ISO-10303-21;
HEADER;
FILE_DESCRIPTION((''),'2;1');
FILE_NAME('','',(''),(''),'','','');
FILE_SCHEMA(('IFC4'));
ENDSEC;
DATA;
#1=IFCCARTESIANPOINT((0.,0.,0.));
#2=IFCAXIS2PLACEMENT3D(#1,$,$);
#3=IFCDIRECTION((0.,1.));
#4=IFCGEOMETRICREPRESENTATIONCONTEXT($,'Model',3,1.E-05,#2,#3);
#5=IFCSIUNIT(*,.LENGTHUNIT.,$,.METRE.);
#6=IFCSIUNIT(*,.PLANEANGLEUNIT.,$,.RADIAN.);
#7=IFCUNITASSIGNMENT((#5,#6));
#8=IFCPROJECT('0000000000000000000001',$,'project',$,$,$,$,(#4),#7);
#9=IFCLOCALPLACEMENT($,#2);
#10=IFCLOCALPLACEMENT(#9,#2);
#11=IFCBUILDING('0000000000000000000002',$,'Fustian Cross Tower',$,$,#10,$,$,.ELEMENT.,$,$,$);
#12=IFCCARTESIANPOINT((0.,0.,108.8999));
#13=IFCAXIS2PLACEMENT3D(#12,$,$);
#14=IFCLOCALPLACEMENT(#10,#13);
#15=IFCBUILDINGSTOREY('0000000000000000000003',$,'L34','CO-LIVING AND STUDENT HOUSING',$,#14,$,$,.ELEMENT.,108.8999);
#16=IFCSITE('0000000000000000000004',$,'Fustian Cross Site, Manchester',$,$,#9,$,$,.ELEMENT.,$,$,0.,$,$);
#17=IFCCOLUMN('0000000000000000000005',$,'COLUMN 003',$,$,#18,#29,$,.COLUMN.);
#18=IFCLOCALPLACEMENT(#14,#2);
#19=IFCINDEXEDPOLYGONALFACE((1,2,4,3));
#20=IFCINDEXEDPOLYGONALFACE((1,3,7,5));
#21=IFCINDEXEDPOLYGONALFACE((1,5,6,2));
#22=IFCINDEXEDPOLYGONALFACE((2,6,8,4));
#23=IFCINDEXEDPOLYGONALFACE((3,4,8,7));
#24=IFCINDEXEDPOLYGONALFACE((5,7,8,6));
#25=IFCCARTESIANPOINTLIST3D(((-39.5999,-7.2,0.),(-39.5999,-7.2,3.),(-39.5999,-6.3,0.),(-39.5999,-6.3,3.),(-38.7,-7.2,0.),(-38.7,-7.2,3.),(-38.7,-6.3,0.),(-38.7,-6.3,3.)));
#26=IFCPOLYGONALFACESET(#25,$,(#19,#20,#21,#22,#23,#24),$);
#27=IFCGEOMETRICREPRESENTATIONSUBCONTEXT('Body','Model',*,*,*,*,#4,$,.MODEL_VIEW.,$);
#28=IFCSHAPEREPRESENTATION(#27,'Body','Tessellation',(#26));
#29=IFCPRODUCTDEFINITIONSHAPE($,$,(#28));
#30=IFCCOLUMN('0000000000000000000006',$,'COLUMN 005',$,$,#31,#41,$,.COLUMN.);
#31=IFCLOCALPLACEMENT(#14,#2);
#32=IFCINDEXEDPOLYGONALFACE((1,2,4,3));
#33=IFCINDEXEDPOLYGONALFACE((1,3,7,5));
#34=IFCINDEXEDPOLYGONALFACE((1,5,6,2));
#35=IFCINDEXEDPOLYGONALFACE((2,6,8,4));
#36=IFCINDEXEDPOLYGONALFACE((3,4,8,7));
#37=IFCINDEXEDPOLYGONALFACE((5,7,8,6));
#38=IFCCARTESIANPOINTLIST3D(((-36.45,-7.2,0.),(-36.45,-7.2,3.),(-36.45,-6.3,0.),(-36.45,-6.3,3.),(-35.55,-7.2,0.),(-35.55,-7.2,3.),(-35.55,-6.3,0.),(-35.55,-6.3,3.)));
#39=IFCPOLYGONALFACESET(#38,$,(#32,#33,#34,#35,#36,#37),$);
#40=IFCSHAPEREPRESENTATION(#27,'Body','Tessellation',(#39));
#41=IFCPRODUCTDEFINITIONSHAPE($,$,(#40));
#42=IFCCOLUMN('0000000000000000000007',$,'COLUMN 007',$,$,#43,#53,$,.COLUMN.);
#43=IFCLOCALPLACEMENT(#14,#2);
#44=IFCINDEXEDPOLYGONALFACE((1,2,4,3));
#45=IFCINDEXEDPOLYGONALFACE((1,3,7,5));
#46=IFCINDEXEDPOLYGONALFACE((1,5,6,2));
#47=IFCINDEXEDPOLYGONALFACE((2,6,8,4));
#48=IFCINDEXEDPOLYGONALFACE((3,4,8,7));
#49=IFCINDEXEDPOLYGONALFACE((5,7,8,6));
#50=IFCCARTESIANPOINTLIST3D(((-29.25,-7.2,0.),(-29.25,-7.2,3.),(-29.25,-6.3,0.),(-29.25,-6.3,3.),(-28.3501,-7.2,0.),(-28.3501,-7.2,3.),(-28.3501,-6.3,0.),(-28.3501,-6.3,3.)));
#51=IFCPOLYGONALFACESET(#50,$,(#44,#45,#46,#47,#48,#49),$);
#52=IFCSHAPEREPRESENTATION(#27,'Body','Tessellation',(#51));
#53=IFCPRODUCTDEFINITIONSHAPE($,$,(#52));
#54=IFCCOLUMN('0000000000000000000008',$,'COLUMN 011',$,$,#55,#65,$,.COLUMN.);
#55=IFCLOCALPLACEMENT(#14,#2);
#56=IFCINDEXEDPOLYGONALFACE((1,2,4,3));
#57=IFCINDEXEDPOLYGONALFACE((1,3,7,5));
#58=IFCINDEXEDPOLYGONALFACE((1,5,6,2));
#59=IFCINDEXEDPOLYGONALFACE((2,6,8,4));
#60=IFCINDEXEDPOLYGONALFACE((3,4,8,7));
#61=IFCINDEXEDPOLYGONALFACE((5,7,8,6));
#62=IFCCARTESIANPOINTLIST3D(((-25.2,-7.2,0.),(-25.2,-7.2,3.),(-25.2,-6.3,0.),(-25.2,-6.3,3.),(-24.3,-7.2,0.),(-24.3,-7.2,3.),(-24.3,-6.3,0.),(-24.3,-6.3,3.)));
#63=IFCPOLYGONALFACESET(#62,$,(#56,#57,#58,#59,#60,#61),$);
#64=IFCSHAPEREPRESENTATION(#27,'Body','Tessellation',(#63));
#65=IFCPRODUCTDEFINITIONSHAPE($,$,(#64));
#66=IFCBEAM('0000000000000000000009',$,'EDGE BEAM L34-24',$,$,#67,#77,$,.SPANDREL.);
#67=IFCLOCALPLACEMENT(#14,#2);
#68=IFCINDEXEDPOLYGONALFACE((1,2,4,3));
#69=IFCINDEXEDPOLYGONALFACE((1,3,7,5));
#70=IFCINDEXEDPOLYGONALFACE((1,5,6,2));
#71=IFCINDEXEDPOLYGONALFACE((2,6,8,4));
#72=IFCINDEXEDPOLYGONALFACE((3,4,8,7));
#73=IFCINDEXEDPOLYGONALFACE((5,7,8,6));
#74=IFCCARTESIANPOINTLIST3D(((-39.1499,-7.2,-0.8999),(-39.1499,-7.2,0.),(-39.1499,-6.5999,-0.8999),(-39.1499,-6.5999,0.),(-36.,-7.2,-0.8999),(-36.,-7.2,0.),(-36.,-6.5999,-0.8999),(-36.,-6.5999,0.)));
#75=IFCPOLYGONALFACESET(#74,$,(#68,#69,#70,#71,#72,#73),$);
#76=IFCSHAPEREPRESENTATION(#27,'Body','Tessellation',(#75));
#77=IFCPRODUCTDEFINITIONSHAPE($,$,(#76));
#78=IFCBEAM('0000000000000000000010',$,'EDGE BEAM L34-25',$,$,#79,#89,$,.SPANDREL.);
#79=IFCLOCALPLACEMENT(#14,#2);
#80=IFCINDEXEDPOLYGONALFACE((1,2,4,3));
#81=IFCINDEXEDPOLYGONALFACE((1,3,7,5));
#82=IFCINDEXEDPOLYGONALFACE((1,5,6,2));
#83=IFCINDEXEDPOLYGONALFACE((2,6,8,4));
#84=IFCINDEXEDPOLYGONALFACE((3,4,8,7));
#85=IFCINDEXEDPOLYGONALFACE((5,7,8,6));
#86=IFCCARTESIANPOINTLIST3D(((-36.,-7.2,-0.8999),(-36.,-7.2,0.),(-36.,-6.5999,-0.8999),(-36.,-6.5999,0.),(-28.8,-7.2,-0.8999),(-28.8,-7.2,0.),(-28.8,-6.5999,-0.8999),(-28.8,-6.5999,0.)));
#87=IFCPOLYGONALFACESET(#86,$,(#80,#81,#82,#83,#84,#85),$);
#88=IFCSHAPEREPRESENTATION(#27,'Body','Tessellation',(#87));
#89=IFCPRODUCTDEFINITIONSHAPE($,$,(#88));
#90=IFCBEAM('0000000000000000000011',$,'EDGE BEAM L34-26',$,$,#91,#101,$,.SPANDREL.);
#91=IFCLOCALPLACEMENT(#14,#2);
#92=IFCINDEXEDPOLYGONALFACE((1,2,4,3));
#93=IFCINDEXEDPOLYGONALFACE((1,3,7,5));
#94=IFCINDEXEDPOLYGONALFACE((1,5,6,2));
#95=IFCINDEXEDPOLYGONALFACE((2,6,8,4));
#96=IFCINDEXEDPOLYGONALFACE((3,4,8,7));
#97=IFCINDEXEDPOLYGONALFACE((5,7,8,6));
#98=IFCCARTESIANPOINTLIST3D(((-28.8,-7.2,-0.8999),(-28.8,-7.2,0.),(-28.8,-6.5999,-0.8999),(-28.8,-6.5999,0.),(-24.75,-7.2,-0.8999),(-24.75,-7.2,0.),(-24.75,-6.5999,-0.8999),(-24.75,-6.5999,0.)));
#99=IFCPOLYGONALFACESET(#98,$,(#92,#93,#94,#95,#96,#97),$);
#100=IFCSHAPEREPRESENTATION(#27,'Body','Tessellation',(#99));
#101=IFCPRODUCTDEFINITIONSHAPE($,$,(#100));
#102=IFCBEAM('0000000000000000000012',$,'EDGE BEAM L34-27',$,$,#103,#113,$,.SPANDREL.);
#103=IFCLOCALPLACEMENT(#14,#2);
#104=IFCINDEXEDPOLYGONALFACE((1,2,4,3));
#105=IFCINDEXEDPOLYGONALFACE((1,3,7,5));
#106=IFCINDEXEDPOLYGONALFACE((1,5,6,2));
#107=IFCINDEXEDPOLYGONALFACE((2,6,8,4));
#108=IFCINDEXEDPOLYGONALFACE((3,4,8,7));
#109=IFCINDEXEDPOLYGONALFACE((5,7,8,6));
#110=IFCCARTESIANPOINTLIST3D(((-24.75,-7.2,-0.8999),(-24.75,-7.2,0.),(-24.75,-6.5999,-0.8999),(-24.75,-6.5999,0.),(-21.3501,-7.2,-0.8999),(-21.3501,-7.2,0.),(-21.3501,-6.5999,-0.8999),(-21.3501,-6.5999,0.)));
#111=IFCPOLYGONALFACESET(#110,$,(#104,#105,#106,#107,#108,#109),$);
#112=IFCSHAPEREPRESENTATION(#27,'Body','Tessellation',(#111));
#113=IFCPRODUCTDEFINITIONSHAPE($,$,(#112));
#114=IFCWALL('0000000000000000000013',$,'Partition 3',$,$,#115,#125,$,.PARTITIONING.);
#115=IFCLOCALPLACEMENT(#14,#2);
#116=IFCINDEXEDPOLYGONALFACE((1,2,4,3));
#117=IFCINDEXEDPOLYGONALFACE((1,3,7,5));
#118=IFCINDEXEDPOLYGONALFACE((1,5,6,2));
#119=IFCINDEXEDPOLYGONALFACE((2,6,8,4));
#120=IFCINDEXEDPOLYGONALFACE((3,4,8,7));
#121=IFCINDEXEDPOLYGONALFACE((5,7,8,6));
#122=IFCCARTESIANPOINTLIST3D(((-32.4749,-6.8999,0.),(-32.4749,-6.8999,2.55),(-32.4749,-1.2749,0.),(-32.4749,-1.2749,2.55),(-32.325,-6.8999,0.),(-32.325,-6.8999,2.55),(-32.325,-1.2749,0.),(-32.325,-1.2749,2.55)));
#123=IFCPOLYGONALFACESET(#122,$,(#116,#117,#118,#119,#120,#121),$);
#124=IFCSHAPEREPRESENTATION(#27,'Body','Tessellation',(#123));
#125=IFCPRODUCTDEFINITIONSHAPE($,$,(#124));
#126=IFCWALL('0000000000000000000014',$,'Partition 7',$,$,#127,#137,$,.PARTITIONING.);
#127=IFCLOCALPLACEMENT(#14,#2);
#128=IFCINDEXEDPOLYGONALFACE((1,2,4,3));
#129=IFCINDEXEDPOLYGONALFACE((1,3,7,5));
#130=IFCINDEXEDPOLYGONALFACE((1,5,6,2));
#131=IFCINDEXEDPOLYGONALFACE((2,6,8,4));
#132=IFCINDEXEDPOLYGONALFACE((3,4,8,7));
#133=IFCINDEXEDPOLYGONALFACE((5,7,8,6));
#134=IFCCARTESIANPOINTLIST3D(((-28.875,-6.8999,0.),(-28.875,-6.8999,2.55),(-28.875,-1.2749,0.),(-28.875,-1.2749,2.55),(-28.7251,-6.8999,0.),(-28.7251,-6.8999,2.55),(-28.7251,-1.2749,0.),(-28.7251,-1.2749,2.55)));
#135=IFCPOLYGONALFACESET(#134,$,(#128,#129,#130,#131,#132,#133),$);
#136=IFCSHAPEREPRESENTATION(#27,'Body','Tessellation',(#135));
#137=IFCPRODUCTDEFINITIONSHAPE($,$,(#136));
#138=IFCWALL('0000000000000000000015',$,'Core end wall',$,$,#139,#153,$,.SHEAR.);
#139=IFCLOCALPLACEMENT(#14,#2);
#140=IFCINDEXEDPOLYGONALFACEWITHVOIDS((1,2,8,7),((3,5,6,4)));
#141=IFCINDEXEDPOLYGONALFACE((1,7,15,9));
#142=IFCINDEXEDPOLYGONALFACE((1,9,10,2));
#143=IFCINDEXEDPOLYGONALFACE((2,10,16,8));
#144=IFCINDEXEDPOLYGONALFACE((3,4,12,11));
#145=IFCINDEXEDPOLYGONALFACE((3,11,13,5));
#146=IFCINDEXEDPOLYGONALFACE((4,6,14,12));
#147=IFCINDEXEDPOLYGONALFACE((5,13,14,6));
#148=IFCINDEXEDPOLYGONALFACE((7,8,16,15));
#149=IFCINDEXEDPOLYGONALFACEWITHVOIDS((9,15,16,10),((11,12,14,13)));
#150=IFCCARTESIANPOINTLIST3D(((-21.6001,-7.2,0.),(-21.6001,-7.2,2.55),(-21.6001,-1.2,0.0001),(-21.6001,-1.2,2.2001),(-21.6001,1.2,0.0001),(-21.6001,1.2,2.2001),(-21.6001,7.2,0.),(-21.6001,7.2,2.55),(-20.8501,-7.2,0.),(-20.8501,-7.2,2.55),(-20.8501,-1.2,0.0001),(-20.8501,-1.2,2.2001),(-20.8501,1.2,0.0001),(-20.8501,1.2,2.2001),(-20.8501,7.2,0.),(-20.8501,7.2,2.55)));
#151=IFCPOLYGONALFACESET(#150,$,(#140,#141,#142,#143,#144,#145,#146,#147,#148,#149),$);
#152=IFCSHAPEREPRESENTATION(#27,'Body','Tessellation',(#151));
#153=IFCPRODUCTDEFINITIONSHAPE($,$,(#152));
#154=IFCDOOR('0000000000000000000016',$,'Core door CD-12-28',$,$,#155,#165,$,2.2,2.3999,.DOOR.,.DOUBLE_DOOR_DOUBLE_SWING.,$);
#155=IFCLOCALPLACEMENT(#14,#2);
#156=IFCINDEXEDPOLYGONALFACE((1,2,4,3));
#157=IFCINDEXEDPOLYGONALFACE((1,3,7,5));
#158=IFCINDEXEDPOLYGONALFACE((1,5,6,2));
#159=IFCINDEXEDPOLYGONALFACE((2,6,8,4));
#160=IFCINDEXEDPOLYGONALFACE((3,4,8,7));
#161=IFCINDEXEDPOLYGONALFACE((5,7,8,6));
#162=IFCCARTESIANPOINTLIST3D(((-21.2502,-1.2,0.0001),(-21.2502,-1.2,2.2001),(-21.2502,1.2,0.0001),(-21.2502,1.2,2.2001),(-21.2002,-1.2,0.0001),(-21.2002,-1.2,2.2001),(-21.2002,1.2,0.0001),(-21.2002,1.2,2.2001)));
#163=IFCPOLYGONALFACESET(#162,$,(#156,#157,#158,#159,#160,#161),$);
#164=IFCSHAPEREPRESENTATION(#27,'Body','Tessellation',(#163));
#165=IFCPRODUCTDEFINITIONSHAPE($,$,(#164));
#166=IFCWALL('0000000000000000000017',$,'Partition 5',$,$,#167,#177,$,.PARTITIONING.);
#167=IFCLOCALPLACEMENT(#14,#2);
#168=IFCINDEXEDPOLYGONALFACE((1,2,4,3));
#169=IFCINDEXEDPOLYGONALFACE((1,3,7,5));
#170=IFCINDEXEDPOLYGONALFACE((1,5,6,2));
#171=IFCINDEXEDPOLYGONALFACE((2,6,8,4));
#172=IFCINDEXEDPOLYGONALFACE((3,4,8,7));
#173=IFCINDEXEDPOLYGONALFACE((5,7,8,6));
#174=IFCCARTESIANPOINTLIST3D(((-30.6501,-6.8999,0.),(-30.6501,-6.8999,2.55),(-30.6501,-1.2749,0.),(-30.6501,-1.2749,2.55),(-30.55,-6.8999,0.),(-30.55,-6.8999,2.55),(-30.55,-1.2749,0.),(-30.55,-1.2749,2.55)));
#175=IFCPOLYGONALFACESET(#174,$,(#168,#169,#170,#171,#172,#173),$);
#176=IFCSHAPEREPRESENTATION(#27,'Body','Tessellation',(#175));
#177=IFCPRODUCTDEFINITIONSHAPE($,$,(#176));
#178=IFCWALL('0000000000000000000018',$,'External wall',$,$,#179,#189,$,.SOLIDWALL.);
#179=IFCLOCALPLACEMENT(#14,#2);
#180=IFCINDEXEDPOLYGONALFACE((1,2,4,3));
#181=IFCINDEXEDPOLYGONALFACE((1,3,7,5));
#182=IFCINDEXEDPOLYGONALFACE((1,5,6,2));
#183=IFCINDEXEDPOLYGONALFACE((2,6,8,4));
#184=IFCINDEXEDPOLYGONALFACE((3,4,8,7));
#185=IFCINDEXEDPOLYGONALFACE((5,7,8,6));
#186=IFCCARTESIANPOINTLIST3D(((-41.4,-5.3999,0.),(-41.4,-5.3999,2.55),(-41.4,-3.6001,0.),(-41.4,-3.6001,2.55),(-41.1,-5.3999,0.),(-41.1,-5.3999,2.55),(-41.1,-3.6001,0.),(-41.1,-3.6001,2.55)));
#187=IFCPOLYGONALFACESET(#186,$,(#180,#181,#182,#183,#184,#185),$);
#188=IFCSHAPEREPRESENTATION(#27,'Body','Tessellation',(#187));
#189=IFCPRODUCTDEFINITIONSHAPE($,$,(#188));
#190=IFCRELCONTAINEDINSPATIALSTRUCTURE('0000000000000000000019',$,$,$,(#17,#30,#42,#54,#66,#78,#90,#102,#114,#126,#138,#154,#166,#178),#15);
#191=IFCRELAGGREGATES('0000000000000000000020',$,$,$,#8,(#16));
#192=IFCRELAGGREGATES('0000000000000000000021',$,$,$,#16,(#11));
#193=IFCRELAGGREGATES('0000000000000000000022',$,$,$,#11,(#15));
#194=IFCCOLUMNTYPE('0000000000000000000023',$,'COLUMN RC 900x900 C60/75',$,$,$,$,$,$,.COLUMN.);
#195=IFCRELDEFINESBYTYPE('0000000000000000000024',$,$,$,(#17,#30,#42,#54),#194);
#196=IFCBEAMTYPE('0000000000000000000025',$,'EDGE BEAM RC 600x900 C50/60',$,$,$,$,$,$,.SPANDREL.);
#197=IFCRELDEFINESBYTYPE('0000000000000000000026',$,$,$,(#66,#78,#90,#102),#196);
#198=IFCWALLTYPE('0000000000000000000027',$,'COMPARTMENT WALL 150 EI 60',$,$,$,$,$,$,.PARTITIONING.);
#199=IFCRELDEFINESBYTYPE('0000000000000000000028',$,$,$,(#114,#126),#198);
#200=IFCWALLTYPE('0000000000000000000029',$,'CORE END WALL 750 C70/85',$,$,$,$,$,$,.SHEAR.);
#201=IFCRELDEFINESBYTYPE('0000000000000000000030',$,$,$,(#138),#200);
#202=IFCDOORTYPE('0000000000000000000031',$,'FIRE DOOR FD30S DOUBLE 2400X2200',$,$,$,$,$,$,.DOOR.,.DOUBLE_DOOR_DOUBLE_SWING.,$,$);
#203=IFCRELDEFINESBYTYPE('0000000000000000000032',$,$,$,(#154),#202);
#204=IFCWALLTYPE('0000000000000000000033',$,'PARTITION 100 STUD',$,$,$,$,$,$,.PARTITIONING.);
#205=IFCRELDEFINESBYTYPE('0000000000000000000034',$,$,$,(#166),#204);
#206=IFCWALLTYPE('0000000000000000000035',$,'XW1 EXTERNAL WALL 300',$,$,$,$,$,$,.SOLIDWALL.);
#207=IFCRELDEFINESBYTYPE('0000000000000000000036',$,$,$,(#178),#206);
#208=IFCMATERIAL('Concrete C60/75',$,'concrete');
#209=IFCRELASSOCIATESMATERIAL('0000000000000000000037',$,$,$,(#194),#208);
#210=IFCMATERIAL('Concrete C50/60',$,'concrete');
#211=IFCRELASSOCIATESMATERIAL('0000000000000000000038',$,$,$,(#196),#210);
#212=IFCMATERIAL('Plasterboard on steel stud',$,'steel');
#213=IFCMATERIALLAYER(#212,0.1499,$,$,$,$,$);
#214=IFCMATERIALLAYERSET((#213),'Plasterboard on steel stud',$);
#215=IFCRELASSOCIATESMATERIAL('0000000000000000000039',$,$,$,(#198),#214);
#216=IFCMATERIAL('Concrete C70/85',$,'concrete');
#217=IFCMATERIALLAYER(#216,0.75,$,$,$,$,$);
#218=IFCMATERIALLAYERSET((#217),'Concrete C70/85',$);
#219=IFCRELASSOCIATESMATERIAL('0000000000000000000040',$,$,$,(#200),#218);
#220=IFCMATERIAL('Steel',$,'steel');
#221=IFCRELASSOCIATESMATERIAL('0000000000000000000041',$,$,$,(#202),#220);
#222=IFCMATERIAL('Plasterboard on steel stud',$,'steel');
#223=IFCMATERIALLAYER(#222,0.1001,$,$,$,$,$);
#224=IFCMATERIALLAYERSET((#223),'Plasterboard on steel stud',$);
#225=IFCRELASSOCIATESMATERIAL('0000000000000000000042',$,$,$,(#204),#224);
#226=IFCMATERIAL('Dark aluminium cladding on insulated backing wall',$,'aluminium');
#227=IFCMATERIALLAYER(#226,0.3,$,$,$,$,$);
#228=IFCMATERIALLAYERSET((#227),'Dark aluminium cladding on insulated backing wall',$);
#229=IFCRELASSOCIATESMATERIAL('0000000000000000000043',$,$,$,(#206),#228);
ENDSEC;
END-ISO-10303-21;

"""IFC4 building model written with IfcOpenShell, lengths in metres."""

from ifc_helpers import new_model, si_unit, direction, frame, frame_2d, origin, origin_2d, place, context, subcontext, project, spatial, rectangle, extrude, material, layer, layer_set, material_profile, profile_set, type_object, element, fill, save


model = new_model("IFC4")

# Units and contexts
model_context = context("Model", 3, precision=1e-05, world=origin(), true_north=direction((0.0, 1.0)))
body_context = subcontext(model_context, "Body", "Model", "MODEL_VIEW")
ifc_project = project(units=[si_unit("LENGTHUNIT", "METRE"), si_unit("PLANEANGLEUNIT", "RADIAN")], contexts=[model_context])

# Site, building, storey
site_placement = place(None, origin())
site = spatial("IfcSite", under=ifc_project, at=site_placement, Name="Fustian Cross Site, Manchester", CompositionType="ELEMENT", RefElevation=0.0)
building_placement = place(site_placement, origin())
building = spatial("IfcBuilding", under=site, at=building_placement, Name="Fustian Cross Tower", CompositionType="ELEMENT")
storey_placement = place(building_placement, frame((0.0, 0.0, 108.8999)))
storey = spatial("IfcBuildingStorey", under=building, at=storey_placement, Name="L34", Description="CO-LIVING AND STUDENT HOUSING", CompositionType="ELEMENT", Elevation=108.8999)

# Columns
ifc_material_1 = material(Name="Concrete C60/75", Category="concrete")
ifc_material_profile_1 = material_profile(ifc_material_1, rectangle(XDim=0.8999, YDim=0.8999, at=origin_2d()), Name="RC 900x900")
ifc_profile_set_1 = profile_set([ifc_material_profile_1], Name="Concrete C60/75")
column_type = type_object("IfcColumnType", Name="COLUMN RC 900x900 C60/75", PredefinedType="COLUMN", material=ifc_profile_set_1)
for number, where, z_axis, x_axis, name in (
    (1, (-39.1499, -6.75, 0.0), (0.0, 0.0, 1.0), (1.0, 0.0, 0.0), "COLUMN 003"),
    (2, (-36.0, -6.75, 0.0), (0.0, 0.0, 1.0), (1.0, 0.0, 0.0), "COLUMN 005"),
    (3, (-28.8, -6.75, 0.0), (0.0, 0.0, 1.0), (1.0, 0.0, 0.0), "COLUMN 007"),
    (4, (-24.75, -6.75, 0.0), (0.0, 0.0, 1.0), (1.0, 0.0, 0.0), "COLUMN 011"),
):
    element("IfcColumn", number, at=place(storey_placement, frame(where, z_axis=z_axis, x_axis=x_axis)), inside=storey, type_object=column_type, Name=name, PredefinedType="COLUMN", context=body_context, shape_type="SweptSolid", body=[
        extrude(rectangle(XDim=0.8999, YDim=0.8999, at=origin_2d()), origin(), (0.0, 0.0, 1.0), 3.0),
    ])

# Beams
ifc_material_2 = material(Name="Concrete C50/60", Category="concrete")
ifc_material_profile_2 = material_profile(ifc_material_2, rectangle(XDim=0.6001, YDim=0.8999, at=origin_2d()), Name="RC 600x900")
ifc_profile_set_2 = profile_set([ifc_material_profile_2], Name="Concrete C50/60")
beam_type = type_object("IfcBeamType", Name="EDGE BEAM RC 600x900 C50/60", PredefinedType="SPANDREL", material=ifc_profile_set_2)
beam_1_placement = place(storey_placement, frame((-39.1499, -6.8999, -0.45), z_axis=(1.0, 0.0, 0.0), x_axis=(0.0, 1.0, 0.0)))
element("IfcBeam", 5, at=beam_1_placement, inside=storey, type_object=beam_type, Name="EDGE BEAM L34-24", PredefinedType="SPANDREL", context=body_context, shape_type="SweptSolid", body=[
    extrude(rectangle(XDim=0.6001, YDim=0.8999, at=origin_2d()), origin(), (0.0, 0.0, 1.0), 3.1499),
])
beam_2_placement = place(storey_placement, frame((-36.0, -6.8999, -0.45), z_axis=(1.0, 0.0, 0.0), x_axis=(0.0, 1.0, 0.0)))
element("IfcBeam", 6, at=beam_2_placement, inside=storey, type_object=beam_type, Name="EDGE BEAM L34-25", PredefinedType="SPANDREL", context=body_context, shape_type="SweptSolid", body=[
    extrude(rectangle(XDim=0.6001, YDim=0.8999, at=origin_2d()), origin(), (0.0, 0.0, 1.0), 7.2),
])
beam_3_placement = place(storey_placement, frame((-28.8, -6.8999, -0.45), z_axis=(1.0, 0.0, 0.0), x_axis=(0.0, 1.0, 0.0)))
element("IfcBeam", 7, at=beam_3_placement, inside=storey, type_object=beam_type, Name="EDGE BEAM L34-26", PredefinedType="SPANDREL", context=body_context, shape_type="SweptSolid", body=[
    extrude(rectangle(XDim=0.6001, YDim=0.8999, at=origin_2d()), origin(), (0.0, 0.0, 1.0), 4.05),
])
beam_4_placement = place(storey_placement, frame((-24.75, -6.8999, -0.45), z_axis=(1.0, 0.0, 0.0), x_axis=(0.0, 1.0, 0.0)))
element("IfcBeam", 8, at=beam_4_placement, inside=storey, type_object=beam_type, Name="EDGE BEAM L34-27", PredefinedType="SPANDREL", context=body_context, shape_type="SweptSolid", body=[
    extrude(rectangle(XDim=0.6001, YDim=0.8999, at=origin_2d()), origin(), (0.0, 0.0, 1.0), 3.3999),
])

# Walls
ifc_material_3 = material(Name="Plasterboard on steel stud", Category="steel")
ifc_layer_1 = layer(ifc_material_3, 0.1499)
ifc_layer_set_1 = layer_set([ifc_layer_1], Name="Plasterboard on steel stud")
wall_type_1 = type_object("IfcWallType", Name="COMPARTMENT WALL 150 EI 60", PredefinedType="PARTITIONING", material=ifc_layer_set_1)
for number, where, z_axis, x_axis, name in (
    (9, (-32.3999, -6.8999, 0.0), (0.0, 0.0, 1.0), (0.0, 1.0, 0.0), "Partition 3"),
    (10, (-28.8, -6.8999, 0.0), (0.0, 0.0, 1.0), (0.0, 1.0, 0.0), "Partition 7"),
):
    element("IfcWall", number, at=place(storey_placement, frame(where, z_axis=z_axis, x_axis=x_axis)), inside=storey, type_object=wall_type_1, Name=name, PredefinedType="PARTITIONING", context=body_context, shape_type="SweptSolid", body=[
        extrude(rectangle(XDim=5.625, YDim=0.1499, at=frame_2d((2.8125, 0.0))), origin(), (0.0, 0.0, 1.0), 2.55),
    ])

# Wall, opening, door
ifc_material_4 = material(Name="Concrete C70/85", Category="concrete")
ifc_layer_2 = layer(ifc_material_4, 0.75)
ifc_layer_set_2 = layer_set([ifc_layer_2], Name="Concrete C70/85")
wall_type_2 = type_object("IfcWallType", Name="CORE END WALL 750 C70/85", PredefinedType="SHEAR", material=ifc_layer_set_2)
wall_1_placement = place(storey_placement, frame((-21.2251, -7.2, 0.0), z_axis=(0.0, 0.0, 1.0), x_axis=(0.0, 1.0, 0.0)))
wall_1 = element("IfcWall", 11, at=wall_1_placement, inside=storey, type_object=wall_type_2, Name="Core end wall", PredefinedType="SHEAR", context=body_context, shape_type="SweptSolid", body=[
    extrude(rectangle(XDim=14.3999, YDim=0.75, at=frame_2d((7.2, 0.0))), origin(), (0.0, 0.0, 1.0), 2.55),
])
opening_placement = place(wall_1_placement, frame((6.0, 0.0, 0.0)))
opening = element("IfcOpeningElement", 12, at=opening_placement, cuts=wall_1, PredefinedType="OPENING", context=body_context, shape_type="SweptSolid", body=[
    extrude(rectangle(XDim=2.3999, YDim=2.2, at=frame_2d((1.2, 1.1001))), frame((0.0, 0.385, 0.0), z_axis=(0.0, -1.0, 0.0), x_axis=(1.0, 0.0, 0.0)), (0.0, 0.0, 1.0), 0.77),
])
ifc_material_5 = material(Name="Steel", Category="steel")
door_type = type_object("IfcDoorType", Name="FIRE DOOR FD30S DOUBLE 2400X2200", OperationType="DOUBLE_DOOR_DOUBLE_SWING", PredefinedType="DOOR", material=ifc_material_5)
door_placement = place(opening_placement, frame((2.3999, 0.0, 0.0), z_axis=(0.0, 0.0, 1.0), x_axis=(-1.0, 0.0, 0.0)))
door = element("IfcDoor", 13, at=door_placement, inside=storey, type_object=door_type, Name="Core door CD-12-28", OperationType="DOUBLE_DOOR_DOUBLE_SWING", OverallHeight=2.2, OverallWidth=2.3999, PredefinedType="DOOR", context=body_context, shape_type="SweptSolid", body=[
    extrude(rectangle(XDim=2.3999, YDim=2.2, at=frame_2d((1.2, 1.1001))), frame((0.0, 0.0249, 0.0), z_axis=(0.0, -1.0, 0.0), x_axis=(1.0, 0.0, 0.0)), (0.0, 0.0, 1.0), 0.05),
])
fill(opening, door)

# Walls
ifc_material_6 = material(Name="Plasterboard on steel stud", Category="steel")
ifc_layer_3 = layer(ifc_material_6, 0.1001)
ifc_layer_set_3 = layer_set([ifc_layer_3], Name="Plasterboard on steel stud")
wall_type_3 = type_object("IfcWallType", Name="PARTITION 100 STUD", PredefinedType="PARTITIONING", material=ifc_layer_set_3)
wall_2_placement = place(storey_placement, frame((-30.6001, -6.8999, 0.0), z_axis=(0.0, 0.0, 1.0), x_axis=(0.0, 1.0, 0.0)))
element("IfcWall", 14, at=wall_2_placement, inside=storey, type_object=wall_type_3, Name="Partition 5", PredefinedType="PARTITIONING", context=body_context, shape_type="SweptSolid", body=[
    extrude(rectangle(XDim=5.625, YDim=0.1001, at=frame_2d((2.8125, 0.0))), origin(), (0.0, 0.0, 1.0), 2.55),
])
ifc_material_7 = material(Name="Dark aluminium cladding on insulated backing wall", Category="aluminium")
ifc_layer_4 = layer(ifc_material_7, 0.3)
ifc_layer_set_4 = layer_set([ifc_layer_4], Name="Dark aluminium cladding on insulated backing wall")
wall_type_4 = type_object("IfcWallType", Name="XW1 EXTERNAL WALL 300", PredefinedType="SOLIDWALL", material=ifc_layer_set_4)
wall_3_placement = place(storey_placement, frame((-41.25, -3.6001, 0.0), z_axis=(0.0, 0.0, 1.0), x_axis=(0.0, -1.0, 0.0)))
element("IfcWall", 15, at=wall_3_placement, inside=storey, type_object=wall_type_4, Name="External wall", PredefinedType="SOLIDWALL", context=body_context, shape_type="SweptSolid", body=[
    extrude(rectangle(XDim=1.7998, YDim=0.3, at=frame_2d((0.8999, 0.0))), origin(), (0.0, 0.0, 1.0), 2.55),
])

save(model, "model.ifc")
